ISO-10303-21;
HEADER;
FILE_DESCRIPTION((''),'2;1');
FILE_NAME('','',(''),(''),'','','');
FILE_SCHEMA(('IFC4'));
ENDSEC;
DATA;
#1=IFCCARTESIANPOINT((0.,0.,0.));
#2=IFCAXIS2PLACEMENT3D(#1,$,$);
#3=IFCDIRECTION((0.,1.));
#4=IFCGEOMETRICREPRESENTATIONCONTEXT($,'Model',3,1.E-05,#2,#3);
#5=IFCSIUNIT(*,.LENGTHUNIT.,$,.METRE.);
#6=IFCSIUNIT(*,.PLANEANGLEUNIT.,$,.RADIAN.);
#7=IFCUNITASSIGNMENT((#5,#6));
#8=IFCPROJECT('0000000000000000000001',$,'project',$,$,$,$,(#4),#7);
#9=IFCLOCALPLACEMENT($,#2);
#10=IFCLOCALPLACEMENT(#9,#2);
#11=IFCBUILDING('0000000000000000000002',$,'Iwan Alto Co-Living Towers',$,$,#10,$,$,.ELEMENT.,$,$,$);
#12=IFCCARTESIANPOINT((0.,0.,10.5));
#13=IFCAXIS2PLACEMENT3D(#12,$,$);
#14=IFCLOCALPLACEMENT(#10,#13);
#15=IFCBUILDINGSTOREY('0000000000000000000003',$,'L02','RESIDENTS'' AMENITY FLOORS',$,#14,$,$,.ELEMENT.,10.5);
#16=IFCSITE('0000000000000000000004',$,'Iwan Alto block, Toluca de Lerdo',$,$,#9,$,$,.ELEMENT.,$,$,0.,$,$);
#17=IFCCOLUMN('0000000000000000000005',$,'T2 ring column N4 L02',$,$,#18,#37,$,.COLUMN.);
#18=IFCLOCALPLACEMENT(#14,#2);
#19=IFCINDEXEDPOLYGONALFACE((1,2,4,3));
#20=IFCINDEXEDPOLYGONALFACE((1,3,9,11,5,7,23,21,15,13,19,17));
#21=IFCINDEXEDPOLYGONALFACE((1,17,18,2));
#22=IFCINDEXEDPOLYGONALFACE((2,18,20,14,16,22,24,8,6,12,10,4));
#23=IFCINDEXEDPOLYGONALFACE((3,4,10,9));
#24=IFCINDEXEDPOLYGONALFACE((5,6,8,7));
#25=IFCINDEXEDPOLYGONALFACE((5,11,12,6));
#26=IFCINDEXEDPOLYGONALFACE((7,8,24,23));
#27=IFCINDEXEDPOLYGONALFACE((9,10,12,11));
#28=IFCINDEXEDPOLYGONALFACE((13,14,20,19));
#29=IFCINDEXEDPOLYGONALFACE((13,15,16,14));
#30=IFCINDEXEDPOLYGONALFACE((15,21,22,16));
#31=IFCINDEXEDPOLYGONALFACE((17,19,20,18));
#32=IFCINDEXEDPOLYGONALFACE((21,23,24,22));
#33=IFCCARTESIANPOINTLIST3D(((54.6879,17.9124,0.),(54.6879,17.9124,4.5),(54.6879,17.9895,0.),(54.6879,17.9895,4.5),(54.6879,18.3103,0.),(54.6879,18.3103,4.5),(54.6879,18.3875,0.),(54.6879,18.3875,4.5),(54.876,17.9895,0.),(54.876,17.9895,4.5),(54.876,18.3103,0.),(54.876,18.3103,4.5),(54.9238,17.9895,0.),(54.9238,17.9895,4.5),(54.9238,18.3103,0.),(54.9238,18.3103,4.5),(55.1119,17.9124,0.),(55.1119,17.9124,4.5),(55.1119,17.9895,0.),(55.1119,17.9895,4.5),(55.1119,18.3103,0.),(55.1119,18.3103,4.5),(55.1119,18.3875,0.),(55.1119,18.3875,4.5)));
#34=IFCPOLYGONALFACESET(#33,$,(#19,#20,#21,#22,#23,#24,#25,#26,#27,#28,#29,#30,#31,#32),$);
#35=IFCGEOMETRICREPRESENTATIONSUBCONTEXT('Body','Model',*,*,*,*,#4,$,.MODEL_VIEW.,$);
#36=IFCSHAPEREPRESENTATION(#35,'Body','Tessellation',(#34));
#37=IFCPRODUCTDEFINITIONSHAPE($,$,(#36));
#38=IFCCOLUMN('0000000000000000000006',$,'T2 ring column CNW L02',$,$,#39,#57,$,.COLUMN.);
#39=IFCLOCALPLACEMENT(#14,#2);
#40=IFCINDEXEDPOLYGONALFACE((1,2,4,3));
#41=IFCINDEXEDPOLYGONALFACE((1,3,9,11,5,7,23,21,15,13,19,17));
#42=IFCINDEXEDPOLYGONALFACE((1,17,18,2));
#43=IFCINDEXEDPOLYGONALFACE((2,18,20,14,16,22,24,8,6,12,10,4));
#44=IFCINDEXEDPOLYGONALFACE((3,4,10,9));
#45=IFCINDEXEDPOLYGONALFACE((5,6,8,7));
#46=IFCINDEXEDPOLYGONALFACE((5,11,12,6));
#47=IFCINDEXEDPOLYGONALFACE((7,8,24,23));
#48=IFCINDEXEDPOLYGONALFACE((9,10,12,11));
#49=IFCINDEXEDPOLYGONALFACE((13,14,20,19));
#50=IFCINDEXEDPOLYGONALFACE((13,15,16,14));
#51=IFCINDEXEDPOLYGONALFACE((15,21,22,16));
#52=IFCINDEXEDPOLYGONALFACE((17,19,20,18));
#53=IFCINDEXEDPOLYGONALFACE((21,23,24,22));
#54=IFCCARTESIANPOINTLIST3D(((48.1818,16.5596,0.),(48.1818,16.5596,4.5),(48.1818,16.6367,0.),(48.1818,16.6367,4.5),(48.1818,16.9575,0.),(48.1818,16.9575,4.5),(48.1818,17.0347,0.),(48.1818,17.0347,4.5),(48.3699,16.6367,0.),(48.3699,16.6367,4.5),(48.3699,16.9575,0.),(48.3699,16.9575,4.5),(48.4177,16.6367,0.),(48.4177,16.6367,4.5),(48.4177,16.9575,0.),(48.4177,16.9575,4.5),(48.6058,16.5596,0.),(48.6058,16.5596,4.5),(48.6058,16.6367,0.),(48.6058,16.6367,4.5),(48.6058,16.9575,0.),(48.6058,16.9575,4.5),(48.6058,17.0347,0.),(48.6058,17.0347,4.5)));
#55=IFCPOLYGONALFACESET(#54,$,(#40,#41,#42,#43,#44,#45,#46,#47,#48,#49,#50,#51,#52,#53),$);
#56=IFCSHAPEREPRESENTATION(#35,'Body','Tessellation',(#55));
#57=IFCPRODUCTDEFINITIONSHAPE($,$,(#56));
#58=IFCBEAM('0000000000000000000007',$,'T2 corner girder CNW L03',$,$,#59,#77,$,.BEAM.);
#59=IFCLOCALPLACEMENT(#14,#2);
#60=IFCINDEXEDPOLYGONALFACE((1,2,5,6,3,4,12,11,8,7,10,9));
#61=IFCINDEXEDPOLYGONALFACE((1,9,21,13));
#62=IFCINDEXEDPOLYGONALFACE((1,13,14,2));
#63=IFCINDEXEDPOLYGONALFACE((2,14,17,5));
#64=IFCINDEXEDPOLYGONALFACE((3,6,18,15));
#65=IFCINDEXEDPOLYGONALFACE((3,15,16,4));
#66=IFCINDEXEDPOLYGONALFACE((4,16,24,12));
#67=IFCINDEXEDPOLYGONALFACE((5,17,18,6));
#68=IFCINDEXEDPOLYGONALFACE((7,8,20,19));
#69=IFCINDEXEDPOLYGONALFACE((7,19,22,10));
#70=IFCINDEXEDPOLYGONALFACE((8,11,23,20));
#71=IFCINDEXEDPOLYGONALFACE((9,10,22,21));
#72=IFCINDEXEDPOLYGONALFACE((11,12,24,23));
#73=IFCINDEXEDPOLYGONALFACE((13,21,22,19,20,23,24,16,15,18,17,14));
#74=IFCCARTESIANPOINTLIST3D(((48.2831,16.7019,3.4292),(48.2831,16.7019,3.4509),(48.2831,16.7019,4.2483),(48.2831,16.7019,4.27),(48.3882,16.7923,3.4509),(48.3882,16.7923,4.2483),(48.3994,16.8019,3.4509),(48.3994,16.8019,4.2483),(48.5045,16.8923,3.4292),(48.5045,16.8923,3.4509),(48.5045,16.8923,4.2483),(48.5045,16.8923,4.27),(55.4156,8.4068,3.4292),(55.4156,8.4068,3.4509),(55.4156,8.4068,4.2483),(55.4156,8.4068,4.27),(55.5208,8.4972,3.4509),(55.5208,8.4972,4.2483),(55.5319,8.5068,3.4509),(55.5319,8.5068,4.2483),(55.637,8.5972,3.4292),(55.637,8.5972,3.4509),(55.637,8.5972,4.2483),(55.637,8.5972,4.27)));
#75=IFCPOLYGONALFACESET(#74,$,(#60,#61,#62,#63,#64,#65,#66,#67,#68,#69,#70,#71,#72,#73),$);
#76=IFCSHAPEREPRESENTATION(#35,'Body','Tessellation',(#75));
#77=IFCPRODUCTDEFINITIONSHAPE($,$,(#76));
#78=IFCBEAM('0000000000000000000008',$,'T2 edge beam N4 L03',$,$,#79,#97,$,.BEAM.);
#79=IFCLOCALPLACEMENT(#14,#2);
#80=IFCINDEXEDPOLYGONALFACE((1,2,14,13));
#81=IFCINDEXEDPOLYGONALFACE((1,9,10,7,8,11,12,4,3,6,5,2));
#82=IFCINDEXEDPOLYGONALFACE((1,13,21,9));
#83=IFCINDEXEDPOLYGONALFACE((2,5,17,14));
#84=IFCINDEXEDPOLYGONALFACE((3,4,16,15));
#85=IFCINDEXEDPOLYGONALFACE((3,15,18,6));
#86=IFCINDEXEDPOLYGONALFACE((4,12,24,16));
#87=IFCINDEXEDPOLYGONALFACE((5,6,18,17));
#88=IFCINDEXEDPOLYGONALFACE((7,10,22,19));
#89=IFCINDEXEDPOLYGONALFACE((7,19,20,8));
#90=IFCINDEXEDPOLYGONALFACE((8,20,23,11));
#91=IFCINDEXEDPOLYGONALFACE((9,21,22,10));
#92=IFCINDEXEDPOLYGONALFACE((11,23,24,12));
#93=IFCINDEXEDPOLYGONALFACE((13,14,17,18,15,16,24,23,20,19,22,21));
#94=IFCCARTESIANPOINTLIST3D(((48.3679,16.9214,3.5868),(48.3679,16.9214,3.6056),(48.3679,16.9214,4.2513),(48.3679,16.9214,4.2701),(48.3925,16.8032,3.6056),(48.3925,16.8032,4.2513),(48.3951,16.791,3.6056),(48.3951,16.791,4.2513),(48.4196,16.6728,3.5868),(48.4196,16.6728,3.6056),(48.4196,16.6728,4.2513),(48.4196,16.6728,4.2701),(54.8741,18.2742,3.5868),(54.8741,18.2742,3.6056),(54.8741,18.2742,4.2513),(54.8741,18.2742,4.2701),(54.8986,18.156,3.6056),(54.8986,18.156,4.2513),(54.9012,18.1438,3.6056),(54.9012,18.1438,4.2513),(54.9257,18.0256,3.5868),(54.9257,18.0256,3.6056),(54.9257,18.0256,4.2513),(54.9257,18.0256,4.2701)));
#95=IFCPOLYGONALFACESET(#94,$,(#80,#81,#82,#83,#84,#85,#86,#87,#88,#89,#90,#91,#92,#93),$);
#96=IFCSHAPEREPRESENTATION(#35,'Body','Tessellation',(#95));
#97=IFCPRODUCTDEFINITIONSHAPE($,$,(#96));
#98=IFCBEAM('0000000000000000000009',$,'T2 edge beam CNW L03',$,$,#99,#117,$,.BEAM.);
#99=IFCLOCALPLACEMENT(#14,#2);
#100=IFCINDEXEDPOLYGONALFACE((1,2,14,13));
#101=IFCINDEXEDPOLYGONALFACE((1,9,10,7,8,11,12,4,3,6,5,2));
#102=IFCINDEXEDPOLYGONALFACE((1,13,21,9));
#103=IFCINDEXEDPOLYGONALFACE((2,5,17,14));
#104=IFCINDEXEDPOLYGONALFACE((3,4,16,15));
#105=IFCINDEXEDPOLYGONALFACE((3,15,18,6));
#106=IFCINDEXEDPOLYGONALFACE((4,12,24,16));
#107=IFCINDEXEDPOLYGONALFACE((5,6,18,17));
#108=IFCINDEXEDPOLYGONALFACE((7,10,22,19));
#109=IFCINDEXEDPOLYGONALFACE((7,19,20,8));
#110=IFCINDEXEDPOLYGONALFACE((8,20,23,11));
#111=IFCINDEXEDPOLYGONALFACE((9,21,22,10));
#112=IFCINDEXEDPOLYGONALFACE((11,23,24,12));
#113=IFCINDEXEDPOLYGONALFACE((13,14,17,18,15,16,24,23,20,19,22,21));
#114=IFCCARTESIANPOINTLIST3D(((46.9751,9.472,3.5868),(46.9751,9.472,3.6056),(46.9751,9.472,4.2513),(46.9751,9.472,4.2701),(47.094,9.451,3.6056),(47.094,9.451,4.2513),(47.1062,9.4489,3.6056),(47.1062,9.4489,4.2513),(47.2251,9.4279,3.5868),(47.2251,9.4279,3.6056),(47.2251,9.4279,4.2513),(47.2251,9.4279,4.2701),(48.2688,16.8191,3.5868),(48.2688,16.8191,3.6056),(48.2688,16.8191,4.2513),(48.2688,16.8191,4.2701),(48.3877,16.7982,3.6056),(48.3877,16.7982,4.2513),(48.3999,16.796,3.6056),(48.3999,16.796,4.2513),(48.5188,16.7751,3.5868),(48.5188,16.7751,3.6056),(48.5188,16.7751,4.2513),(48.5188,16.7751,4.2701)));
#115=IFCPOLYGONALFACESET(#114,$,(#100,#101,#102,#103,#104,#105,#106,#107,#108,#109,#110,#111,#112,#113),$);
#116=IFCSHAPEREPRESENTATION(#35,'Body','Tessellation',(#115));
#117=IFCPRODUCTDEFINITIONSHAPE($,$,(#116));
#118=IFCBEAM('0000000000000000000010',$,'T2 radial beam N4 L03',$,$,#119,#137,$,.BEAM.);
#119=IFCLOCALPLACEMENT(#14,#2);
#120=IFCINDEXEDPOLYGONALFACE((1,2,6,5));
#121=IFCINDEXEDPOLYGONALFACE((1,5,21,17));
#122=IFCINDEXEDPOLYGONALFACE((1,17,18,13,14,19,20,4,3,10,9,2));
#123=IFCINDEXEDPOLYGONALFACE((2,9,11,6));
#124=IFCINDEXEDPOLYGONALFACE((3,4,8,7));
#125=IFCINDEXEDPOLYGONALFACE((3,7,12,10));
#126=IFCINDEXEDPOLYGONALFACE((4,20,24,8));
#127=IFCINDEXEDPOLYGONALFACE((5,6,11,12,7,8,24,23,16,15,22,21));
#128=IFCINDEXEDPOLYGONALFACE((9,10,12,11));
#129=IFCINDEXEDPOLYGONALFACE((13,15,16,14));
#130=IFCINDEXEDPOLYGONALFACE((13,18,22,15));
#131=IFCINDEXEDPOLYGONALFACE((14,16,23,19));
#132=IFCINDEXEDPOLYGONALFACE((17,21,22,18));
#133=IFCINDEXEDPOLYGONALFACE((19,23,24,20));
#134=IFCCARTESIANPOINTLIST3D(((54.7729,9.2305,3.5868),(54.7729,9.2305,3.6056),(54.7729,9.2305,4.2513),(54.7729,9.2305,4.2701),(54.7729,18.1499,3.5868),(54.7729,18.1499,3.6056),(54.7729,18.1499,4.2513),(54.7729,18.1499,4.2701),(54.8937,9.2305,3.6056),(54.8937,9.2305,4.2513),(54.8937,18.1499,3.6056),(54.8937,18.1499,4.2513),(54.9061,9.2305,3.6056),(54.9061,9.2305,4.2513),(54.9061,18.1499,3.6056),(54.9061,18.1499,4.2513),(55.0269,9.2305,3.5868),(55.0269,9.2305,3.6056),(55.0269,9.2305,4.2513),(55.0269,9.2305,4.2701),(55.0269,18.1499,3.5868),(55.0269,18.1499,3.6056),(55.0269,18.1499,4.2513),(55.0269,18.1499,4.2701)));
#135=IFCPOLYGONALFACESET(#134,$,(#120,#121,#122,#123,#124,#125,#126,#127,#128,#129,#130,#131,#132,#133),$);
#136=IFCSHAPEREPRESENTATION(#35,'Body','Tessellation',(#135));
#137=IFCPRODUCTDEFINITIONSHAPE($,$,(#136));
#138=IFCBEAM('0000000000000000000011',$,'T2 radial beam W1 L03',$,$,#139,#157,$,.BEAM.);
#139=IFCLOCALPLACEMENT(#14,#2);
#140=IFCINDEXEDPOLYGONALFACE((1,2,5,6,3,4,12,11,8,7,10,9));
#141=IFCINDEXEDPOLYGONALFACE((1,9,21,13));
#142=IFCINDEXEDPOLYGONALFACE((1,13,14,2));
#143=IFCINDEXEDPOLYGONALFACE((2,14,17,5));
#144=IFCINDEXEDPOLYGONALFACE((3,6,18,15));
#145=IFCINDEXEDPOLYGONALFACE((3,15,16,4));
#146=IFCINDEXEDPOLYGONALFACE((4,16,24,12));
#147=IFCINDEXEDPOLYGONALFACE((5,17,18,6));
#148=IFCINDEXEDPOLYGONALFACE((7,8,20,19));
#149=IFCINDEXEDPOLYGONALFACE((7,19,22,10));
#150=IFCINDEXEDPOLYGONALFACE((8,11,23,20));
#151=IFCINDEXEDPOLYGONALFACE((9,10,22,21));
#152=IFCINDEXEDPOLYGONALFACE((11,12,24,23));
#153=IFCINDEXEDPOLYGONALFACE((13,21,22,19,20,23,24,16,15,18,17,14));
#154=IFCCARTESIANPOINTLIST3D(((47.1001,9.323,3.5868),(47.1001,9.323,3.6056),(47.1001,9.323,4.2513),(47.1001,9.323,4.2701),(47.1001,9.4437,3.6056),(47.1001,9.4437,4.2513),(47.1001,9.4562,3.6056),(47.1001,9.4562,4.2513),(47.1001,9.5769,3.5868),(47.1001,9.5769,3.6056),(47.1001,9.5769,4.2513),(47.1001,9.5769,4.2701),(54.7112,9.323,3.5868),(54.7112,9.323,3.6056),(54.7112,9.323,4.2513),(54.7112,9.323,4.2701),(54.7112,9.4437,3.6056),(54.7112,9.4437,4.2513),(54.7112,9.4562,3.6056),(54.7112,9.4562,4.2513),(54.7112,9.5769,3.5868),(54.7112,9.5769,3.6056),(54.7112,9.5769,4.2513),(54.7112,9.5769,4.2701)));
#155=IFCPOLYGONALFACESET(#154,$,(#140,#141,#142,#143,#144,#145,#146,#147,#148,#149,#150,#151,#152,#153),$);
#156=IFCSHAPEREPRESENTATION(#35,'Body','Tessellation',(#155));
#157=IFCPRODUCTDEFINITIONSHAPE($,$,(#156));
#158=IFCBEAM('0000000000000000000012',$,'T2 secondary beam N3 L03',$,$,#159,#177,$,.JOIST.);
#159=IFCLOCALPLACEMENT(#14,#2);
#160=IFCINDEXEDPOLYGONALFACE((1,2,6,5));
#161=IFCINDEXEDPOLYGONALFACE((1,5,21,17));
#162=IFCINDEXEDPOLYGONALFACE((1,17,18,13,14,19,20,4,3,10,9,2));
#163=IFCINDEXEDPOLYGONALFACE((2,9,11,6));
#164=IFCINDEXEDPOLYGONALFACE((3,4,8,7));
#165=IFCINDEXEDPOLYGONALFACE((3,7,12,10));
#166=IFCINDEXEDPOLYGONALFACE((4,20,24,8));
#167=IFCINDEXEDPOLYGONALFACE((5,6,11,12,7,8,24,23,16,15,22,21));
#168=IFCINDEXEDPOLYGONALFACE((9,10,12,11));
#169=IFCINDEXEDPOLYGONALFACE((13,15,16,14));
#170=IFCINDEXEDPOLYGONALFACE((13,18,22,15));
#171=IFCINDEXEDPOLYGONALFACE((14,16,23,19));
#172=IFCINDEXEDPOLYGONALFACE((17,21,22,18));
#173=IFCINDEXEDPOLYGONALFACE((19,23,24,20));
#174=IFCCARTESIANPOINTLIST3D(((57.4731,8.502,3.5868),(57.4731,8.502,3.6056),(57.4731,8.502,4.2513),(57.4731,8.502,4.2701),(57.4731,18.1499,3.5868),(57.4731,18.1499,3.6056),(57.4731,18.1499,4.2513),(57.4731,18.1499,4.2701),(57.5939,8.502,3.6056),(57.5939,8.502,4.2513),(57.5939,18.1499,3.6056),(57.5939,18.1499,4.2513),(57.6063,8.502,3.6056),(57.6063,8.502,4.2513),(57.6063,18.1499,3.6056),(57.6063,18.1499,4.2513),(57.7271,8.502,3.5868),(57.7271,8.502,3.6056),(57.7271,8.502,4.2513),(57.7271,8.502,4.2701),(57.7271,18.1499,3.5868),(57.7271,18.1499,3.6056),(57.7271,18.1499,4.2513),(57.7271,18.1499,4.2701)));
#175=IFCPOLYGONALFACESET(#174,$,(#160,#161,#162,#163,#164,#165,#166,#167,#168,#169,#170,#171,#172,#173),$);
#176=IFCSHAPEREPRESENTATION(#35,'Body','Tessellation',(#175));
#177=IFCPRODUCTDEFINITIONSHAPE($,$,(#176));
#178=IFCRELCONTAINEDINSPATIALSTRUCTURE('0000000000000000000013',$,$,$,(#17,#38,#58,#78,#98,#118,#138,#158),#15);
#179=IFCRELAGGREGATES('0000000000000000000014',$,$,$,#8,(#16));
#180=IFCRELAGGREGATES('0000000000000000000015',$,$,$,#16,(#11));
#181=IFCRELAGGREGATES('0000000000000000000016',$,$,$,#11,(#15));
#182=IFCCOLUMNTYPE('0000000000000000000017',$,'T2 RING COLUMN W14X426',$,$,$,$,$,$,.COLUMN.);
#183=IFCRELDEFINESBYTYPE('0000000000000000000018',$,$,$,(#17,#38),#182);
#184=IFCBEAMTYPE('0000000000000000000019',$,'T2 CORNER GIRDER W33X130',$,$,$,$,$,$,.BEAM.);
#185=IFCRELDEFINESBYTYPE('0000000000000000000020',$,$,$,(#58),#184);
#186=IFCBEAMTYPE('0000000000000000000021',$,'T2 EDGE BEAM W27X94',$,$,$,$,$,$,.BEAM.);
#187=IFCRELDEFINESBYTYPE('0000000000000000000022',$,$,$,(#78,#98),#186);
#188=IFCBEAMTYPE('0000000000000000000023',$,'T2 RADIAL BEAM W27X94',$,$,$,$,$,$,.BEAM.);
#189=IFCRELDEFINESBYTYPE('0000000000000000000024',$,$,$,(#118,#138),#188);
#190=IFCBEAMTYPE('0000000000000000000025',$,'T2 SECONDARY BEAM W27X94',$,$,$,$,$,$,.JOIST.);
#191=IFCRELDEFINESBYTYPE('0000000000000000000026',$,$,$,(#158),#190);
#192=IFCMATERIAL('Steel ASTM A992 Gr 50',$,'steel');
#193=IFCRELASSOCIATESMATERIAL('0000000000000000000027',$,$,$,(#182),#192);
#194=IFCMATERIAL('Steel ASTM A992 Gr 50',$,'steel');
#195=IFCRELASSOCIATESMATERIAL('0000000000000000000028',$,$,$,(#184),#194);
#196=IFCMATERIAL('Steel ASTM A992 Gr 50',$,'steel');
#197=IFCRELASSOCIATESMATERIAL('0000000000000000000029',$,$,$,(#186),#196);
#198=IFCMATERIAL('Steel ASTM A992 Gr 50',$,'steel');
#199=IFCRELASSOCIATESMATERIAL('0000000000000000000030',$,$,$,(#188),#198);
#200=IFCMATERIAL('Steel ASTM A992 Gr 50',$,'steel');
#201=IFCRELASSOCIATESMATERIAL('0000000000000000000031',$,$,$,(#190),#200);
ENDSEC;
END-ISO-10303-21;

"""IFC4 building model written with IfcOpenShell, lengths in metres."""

from ifc_helpers import new_model, si_unit, direction, frame, origin, origin_2d, place, context, subcontext, project, spatial, i_section, extrude, material, material_profile, profile_set, type_object, element, save


model = new_model("IFC4")

# Units and contexts
model_context = context("Model", 3, precision=1e-05, world=origin(), true_north=direction((0.0, 1.0)))
body_context = subcontext(model_context, "Body", "Model", "MODEL_VIEW")
ifc_project = project(units=[si_unit("LENGTHUNIT", "METRE"), si_unit("PLANEANGLEUNIT", "RADIAN")], contexts=[model_context])

# Site, building, storey
site_placement = place(None, origin())
site = spatial("IfcSite", under=ifc_project, at=site_placement, Name="Iwan Alto block, Toluca de Lerdo", CompositionType="ELEMENT", RefElevation=0.0)
building_placement = place(site_placement, origin())
building = spatial("IfcBuilding", under=site, at=building_placement, Name="Iwan Alto Co-Living Towers", CompositionType="ELEMENT")
storey_placement = place(building_placement, frame((0.0, 0.0, 10.5)))
storey = spatial("IfcBuildingStorey", under=building, at=storey_placement, Name="L02", Description="RESIDENTS' AMENITY FLOORS", CompositionType="ELEMENT", Elevation=10.5)

# Columns
ifc_material_1 = material(Name="Steel ASTM A992 Gr 50", Category="steel")
ifc_material_profile_1 = material_profile(ifc_material_1, i_section(OverallWidth=0.4241, OverallDepth=0.4751, WebThickness=0.0479, FlangeThickness=0.0771, at=origin_2d()), Name="W14X426")
ifc_profile_set_1 = profile_set([ifc_material_profile_1], Name="Steel ASTM A992 Gr 50")
column_type = type_object("IfcColumnType", Name="T2 RING COLUMN W14X426", PredefinedType="COLUMN", material=ifc_profile_set_1)
for number, where, z_axis, x_axis, name in (
    (1, (54.8999, 18.1499, 0.0), (0.0, 0.0, 1.0), (1.0, 0.0, 0.0), "T2 ring column N4 L02"),
    (2, (48.3938, 16.7971, 0.0), (0.0, 0.0, 1.0), (1.0, 0.0, 0.0), "T2 ring column CNW L02"),
):
    element("IfcColumn", number, at=place(storey_placement, frame(where, z_axis=z_axis, x_axis=x_axis)), inside=storey, type_object=column_type, Name=name, PredefinedType="COLUMN", context=body_context, shape_type="SweptSolid", body=[
        extrude(i_section(OverallWidth=0.4241, OverallDepth=0.4751, WebThickness=0.0479, FlangeThickness=0.0771, at=origin_2d()), origin(), (0.0, 0.0, 1.0), 4.5),
    ])

# Beams
ifc_material_2 = material(Name="Steel ASTM A992 Gr 50", Category="steel")
ifc_material_profile_2 = material_profile(ifc_material_2, i_section(OverallWidth=0.292, OverallDepth=0.8408, WebThickness=0.0146, FlangeThickness=0.0217, at=origin_2d()), Name="W33X130")
ifc_profile_set_2 = profile_set([ifc_material_profile_2], Name="Steel ASTM A992 Gr 50")
beam_type_1 = type_object("IfcBeamType", Name="T2 CORNER GIRDER W33X130", PredefinedType="BEAM", material=ifc_profile_set_2)
beam_1_placement = place(storey_placement, frame((48.3938, 16.7971, 3.8496), z_axis=(0.651972, -0.758243, 0.0), x_axis=(0.758243, 0.651972, 0.0)))
element("IfcBeam", 3, at=beam_1_placement, inside=storey, type_object=beam_type_1, Name="T2 corner girder CNW L03", PredefinedType="BEAM", context=body_context, shape_type="SweptSolid", body=[
    extrude(i_section(OverallWidth=0.292, OverallDepth=0.8408, WebThickness=0.0146, FlangeThickness=0.0217, at=origin_2d()), origin(), (0.0, 0.0, 1.0), 10.9399),
])
ifc_material_3 = material(Name="Steel ASTM A992 Gr 50", Category="steel")
ifc_material_profile_3 = material_profile(ifc_material_3, i_section(OverallWidth=0.2539, OverallDepth=0.6833, WebThickness=0.0125, FlangeThickness=0.0188, at=origin_2d()), Name="W27X94")
ifc_profile_set_3 = profile_set([ifc_material_profile_3], Name="Steel ASTM A992 Gr 50")
beam_type_2 = type_object("IfcBeamType", Name="T2 EDGE BEAM W27X94", PredefinedType="BEAM", material=ifc_profile_set_3)
beam_2_placement = place(storey_placement, frame((54.8999, 18.1499, 3.9285), z_axis=(-0.97906, -0.203571, 0.0), x_axis=(0.203571, -0.97906, 0.0)))
element("IfcBeam", 4, at=beam_2_placement, inside=storey, type_object=beam_type_2, Name="T2 edge beam N4 L03", PredefinedType="BEAM", context=body_context, shape_type="SweptSolid", body=[
    extrude(i_section(OverallWidth=0.2539, OverallDepth=0.6833, WebThickness=0.0125, FlangeThickness=0.0188, at=origin_2d()), origin(), (0.0, 0.0, 1.0), 6.6453),
])
beam_3_placement = place(storey_placement, frame((48.3938, 16.7971, 3.9285), z_axis=(-0.173414, -0.984849, 0.0), x_axis=(0.984849, -0.173414, 0.0)))
element("IfcBeam", 5, at=beam_3_placement, inside=storey, type_object=beam_type_2, Name="T2 edge beam CNW L03", PredefinedType="BEAM", context=body_context, shape_type="SweptSolid", body=[
    extrude(i_section(OverallWidth=0.2539, OverallDepth=0.6833, WebThickness=0.0125, FlangeThickness=0.0188, at=origin_2d()), origin(), (0.0, 0.0, 1.0), 7.4602),
])
ifc_material_4 = material(Name="Steel ASTM A992 Gr 50", Category="steel")
ifc_material_profile_4 = material_profile(ifc_material_4, i_section(OverallWidth=0.2539, OverallDepth=0.6833, WebThickness=0.0125, FlangeThickness=0.0188, at=origin_2d()), Name="W27X94")
ifc_profile_set_4 = profile_set([ifc_material_profile_4], Name="Steel ASTM A992 Gr 50")
beam_type_3 = type_object("IfcBeamType", Name="T2 RADIAL BEAM W27X94", PredefinedType="BEAM", material=ifc_profile_set_4)
beam_4_placement = place(storey_placement, frame((54.8999, 18.1499, 3.9285), z_axis=(0.0, -1.0, 0.0), x_axis=(1.0, 0.0, 0.0)))
element("IfcBeam", 6, at=beam_4_placement, inside=storey, type_object=beam_type_3, Name="T2 radial beam N4 L03", PredefinedType="BEAM", context=body_context, shape_type="SweptSolid", body=[
    extrude(i_section(OverallWidth=0.2539, OverallDepth=0.6833, WebThickness=0.0125, FlangeThickness=0.0188, at=origin_2d()), origin(), (0.0, 0.0, 1.0), 8.9194),
])
beam_5_placement = place(storey_placement, frame((47.1001, 9.45, 3.9285), z_axis=(1.0, 0.0, 0.0), x_axis=(0.0, 1.0, 0.0)))
element("IfcBeam", 7, at=beam_5_placement, inside=storey, type_object=beam_type_3, Name="T2 radial beam W1 L03", PredefinedType="BEAM", context=body_context, shape_type="SweptSolid", body=[
    extrude(i_section(OverallWidth=0.2539, OverallDepth=0.6833, WebThickness=0.0125, FlangeThickness=0.0188, at=origin_2d()), origin(), (0.0, 0.0, 1.0), 7.6111),
])
ifc_material_5 = material(Name="Steel ASTM A992 Gr 50", Category="steel")
ifc_material_profile_5 = material_profile(ifc_material_5, i_section(OverallWidth=0.2539, OverallDepth=0.6833, WebThickness=0.0125, FlangeThickness=0.0188, at=origin_2d()), Name="W27X94")
ifc_profile_set_5 = profile_set([ifc_material_profile_5], Name="Steel ASTM A992 Gr 50")
beam_type_4 = type_object("IfcBeamType", Name="T2 SECONDARY BEAM W27X94", PredefinedType="JOIST", material=ifc_profile_set_5)
beam_6_placement = place(storey_placement, frame((57.6001, 18.1499, 3.9285), z_axis=(0.0, -1.0, 0.0), x_axis=(1.0, 0.0, 0.0)))
element("IfcBeam", 8, at=beam_6_placement, inside=storey, type_object=beam_type_4, Name="T2 secondary beam N3 L03", PredefinedType="JOIST", context=body_context, shape_type="SweptSolid", body=[
    extrude(i_section(OverallWidth=0.2539, OverallDepth=0.6833, WebThickness=0.0125, FlangeThickness=0.0188, at=origin_2d()), origin(), (0.0, 0.0, 1.0), 9.6479),
])

save(model, "model.ifc")
